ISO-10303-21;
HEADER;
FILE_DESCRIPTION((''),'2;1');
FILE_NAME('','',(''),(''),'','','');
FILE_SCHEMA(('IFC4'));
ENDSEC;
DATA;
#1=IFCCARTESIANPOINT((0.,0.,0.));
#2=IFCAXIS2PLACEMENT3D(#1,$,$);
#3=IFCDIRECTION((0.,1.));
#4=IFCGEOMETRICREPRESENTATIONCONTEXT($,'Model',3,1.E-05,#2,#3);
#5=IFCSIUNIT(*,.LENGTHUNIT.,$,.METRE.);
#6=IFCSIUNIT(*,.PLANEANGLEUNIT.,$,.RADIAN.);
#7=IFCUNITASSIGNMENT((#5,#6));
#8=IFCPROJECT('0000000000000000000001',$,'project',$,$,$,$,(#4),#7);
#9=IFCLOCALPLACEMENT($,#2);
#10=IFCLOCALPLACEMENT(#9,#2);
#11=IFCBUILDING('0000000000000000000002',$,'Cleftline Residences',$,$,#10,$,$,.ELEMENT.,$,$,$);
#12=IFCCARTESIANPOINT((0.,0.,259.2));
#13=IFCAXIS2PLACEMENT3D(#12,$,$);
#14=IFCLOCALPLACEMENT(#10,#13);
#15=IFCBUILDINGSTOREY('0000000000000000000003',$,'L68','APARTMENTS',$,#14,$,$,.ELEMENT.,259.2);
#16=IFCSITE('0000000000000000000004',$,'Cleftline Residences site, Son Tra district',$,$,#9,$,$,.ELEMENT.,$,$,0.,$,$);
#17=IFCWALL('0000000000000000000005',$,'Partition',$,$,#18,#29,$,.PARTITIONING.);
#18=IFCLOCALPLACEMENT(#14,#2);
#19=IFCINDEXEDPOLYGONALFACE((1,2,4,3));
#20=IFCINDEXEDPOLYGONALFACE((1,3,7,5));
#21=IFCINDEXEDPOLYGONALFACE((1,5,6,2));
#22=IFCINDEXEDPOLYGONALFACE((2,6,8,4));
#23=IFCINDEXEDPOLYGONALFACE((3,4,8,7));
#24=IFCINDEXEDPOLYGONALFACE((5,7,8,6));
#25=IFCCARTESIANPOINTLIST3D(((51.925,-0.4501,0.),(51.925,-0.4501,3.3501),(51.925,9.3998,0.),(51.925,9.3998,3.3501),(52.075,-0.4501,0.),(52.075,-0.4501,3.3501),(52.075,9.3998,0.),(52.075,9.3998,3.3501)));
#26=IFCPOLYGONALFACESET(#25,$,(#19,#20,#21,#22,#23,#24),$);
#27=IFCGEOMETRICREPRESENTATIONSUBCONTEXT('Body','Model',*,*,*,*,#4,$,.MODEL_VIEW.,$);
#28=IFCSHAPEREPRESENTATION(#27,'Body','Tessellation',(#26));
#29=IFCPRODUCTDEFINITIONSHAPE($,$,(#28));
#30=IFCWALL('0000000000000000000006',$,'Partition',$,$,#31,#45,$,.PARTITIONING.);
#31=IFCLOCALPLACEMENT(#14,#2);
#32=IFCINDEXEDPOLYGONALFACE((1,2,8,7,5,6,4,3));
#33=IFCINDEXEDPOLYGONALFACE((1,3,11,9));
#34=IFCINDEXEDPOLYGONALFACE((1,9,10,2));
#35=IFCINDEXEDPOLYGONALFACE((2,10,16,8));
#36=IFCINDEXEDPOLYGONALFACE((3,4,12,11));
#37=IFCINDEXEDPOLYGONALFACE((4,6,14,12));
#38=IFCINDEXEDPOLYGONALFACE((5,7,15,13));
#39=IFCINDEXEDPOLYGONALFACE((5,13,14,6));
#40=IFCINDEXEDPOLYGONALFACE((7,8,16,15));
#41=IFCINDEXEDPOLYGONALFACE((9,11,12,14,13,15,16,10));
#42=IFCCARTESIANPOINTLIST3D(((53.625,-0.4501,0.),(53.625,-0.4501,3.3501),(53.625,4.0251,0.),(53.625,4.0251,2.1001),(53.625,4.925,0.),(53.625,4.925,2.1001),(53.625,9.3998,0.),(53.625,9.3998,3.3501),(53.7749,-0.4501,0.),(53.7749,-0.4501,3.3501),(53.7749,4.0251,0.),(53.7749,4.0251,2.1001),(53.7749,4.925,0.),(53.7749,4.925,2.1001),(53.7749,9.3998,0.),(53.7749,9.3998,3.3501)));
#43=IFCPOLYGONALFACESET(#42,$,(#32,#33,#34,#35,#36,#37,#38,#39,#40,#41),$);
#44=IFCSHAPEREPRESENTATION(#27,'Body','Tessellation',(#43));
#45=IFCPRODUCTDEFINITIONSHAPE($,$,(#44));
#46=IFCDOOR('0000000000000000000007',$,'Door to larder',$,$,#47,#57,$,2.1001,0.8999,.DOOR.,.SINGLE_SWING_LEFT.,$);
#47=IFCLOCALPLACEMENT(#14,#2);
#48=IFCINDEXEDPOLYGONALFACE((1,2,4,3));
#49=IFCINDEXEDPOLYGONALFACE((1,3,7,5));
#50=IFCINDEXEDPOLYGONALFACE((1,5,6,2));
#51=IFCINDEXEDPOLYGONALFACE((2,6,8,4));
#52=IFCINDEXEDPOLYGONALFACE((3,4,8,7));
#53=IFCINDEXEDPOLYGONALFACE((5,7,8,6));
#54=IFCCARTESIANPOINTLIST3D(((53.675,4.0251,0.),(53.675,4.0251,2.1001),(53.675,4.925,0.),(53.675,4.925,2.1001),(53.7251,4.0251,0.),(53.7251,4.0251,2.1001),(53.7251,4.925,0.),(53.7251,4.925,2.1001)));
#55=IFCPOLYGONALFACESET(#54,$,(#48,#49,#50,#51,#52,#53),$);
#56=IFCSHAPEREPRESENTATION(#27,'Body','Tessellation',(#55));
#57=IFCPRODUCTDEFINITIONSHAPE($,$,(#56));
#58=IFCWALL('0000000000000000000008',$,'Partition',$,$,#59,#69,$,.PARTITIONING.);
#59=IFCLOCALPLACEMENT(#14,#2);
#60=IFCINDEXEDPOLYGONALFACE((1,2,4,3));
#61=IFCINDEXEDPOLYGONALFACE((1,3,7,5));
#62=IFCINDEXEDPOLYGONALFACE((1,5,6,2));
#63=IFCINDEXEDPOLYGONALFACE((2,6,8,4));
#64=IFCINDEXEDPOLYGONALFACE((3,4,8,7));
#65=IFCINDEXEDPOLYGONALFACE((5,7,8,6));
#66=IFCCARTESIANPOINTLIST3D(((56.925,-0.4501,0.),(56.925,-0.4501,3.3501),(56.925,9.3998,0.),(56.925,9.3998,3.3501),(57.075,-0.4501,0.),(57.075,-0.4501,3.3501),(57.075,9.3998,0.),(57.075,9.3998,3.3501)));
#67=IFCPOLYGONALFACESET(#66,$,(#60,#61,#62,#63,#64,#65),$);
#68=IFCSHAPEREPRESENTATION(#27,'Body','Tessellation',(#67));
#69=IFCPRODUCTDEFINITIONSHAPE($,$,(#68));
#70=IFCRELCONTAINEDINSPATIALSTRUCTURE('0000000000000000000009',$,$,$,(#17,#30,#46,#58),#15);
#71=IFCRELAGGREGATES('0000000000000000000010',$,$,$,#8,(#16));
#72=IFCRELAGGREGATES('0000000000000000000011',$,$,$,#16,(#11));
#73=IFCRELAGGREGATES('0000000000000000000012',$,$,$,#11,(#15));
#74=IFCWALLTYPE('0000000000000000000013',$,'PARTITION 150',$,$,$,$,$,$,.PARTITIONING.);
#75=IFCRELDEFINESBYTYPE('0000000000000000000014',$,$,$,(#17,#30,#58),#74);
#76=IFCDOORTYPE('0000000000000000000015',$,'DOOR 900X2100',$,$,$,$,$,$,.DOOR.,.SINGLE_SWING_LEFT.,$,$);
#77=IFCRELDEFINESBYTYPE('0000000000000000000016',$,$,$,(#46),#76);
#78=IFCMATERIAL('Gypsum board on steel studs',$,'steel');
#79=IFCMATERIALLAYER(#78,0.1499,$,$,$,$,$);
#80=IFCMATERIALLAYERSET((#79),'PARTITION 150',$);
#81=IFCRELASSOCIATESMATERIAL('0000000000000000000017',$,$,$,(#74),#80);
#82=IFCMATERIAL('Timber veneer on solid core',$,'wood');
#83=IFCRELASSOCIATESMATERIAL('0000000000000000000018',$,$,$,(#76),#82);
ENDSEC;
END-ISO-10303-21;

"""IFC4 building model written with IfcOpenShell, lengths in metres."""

from ifc_helpers import new_model, si_unit, direction, frame, frame_2d, origin, place, context, subcontext, project, spatial, rectangle, extrude, material, layer, layer_set, type_object, element, fill, save


model = new_model("IFC4")

# Units and contexts
model_context = context("Model", 3, precision=1e-05, world=origin(), true_north=direction((0.0, 1.0)))
body_context = subcontext(model_context, "Body", "Model", "MODEL_VIEW")
ifc_project = project(units=[si_unit("LENGTHUNIT", "METRE"), si_unit("PLANEANGLEUNIT", "RADIAN")], contexts=[model_context])

# Site, building, storey
site_placement = place(None, origin())
site = spatial("IfcSite", under=ifc_project, at=site_placement, Name="Cleftline Residences site, Son Tra district", CompositionType="ELEMENT", RefElevation=0.0)
building_placement = place(site_placement, origin())
building = spatial("IfcBuilding", under=site, at=building_placement, Name="Cleftline Residences", CompositionType="ELEMENT")
storey_placement = place(building_placement, frame((0.0, 0.0, 259.2)))
storey = spatial("IfcBuildingStorey", under=building, at=storey_placement, Name="L68", Description="APARTMENTS", CompositionType="ELEMENT", Elevation=259.2)

# Wall
ifc_material_1 = material(Name="Gypsum board on steel studs", Category="steel")
ifc_layer_1 = layer(ifc_material_1, 0.1499)
ifc_layer_set_1 = layer_set([ifc_layer_1], Name="PARTITION 150")
wall_type_1 = type_object("IfcWallType", Name="PARTITION 150", PredefinedType="PARTITIONING", material=ifc_layer_set_1)
wall_1_placement = place(storey_placement, frame((52.0, -0.45, 0.0), z_axis=(0.0, 0.0, 1.0), x_axis=(0.0, 1.0, 0.0)))
element("IfcWall", 1, at=wall_1_placement, inside=storey, type_object=wall_type_1, Name="Partition", PredefinedType="PARTITIONING", context=body_context, shape_type="SweptSolid", body=[
    extrude(rectangle(XDim=9.8499, YDim=0.1499, at=frame_2d((4.9248, 0.0))), origin(), (0.0, 0.0, 1.0), 3.3501),
])

# Wall, opening, door
wall_2_placement = place(storey_placement, frame((53.7, -0.45, 0.0), z_axis=(0.0, 0.0, 1.0), x_axis=(0.0, 1.0, 0.0)))
wall_2 = element("IfcWall", 2, at=wall_2_placement, inside=storey, type_object=wall_type_1, Name="Partition", PredefinedType="PARTITIONING", context=body_context, shape_type="SweptSolid", body=[
    extrude(rectangle(XDim=9.8499, YDim=0.1499, at=frame_2d((4.9248, 0.0))), origin(), (0.0, 0.0, 1.0), 3.3501),
])
opening_1_placement = place(wall_2_placement, frame((4.4751, 0.0, 0.0)))
opening_1 = element("IfcOpeningElement", 3, at=opening_1_placement, cuts=wall_2, PredefinedType="OPENING", context=body_context, shape_type="SweptSolid", body=[
    extrude(rectangle(XDim=0.8999, YDim=2.1001, at=frame_2d((0.45, 1.05))), frame((0.0, 0.085, 0.0), z_axis=(0.0, -1.0, 0.0), x_axis=(1.0, 0.0, 0.0)), (0.0, 0.0, 1.0), 0.1699),
])
ifc_material_2 = material(Name="Timber veneer on solid core", Category="wood")
door_type = type_object("IfcDoorType", Name="DOOR 900X2100", OperationType="SINGLE_SWING_LEFT", PredefinedType="DOOR", material=ifc_material_2)
door_placement = place(opening_1_placement, origin())
door = element("IfcDoor", 4, at=door_placement, inside=storey, type_object=door_type, Name="Door to larder", OperationType="SINGLE_SWING_LEFT", OverallHeight=2.1001, OverallWidth=0.8999, PredefinedType="DOOR", context=body_context, shape_type="SweptSolid", body=[
    extrude(rectangle(XDim=0.8999, YDim=2.1001, at=frame_2d((0.45, 1.05))), frame((0.0, 0.0249, 0.0), z_axis=(0.0, -1.0, 0.0), x_axis=(1.0, 0.0, 0.0)), (0.0, 0.0, 1.0), 0.05),
])
fill(opening_1, door)

# Wall
wall_3_placement = place(storey_placement, frame((57.0, -0.45, 0.0), z_axis=(0.0, 0.0, 1.0), x_axis=(0.0, 1.0, 0.0)))
element("IfcWall", 5, at=wall_3_placement, inside=storey, type_object=wall_type_1, Name="Partition", PredefinedType="PARTITIONING", context=body_context, shape_type="SweptSolid", body=[
    extrude(rectangle(XDim=9.8499, YDim=0.1499, at=frame_2d((4.9248, 0.0))), origin(), (0.0, 0.0, 1.0), 3.3501),
])

save(model, "model.ifc")
